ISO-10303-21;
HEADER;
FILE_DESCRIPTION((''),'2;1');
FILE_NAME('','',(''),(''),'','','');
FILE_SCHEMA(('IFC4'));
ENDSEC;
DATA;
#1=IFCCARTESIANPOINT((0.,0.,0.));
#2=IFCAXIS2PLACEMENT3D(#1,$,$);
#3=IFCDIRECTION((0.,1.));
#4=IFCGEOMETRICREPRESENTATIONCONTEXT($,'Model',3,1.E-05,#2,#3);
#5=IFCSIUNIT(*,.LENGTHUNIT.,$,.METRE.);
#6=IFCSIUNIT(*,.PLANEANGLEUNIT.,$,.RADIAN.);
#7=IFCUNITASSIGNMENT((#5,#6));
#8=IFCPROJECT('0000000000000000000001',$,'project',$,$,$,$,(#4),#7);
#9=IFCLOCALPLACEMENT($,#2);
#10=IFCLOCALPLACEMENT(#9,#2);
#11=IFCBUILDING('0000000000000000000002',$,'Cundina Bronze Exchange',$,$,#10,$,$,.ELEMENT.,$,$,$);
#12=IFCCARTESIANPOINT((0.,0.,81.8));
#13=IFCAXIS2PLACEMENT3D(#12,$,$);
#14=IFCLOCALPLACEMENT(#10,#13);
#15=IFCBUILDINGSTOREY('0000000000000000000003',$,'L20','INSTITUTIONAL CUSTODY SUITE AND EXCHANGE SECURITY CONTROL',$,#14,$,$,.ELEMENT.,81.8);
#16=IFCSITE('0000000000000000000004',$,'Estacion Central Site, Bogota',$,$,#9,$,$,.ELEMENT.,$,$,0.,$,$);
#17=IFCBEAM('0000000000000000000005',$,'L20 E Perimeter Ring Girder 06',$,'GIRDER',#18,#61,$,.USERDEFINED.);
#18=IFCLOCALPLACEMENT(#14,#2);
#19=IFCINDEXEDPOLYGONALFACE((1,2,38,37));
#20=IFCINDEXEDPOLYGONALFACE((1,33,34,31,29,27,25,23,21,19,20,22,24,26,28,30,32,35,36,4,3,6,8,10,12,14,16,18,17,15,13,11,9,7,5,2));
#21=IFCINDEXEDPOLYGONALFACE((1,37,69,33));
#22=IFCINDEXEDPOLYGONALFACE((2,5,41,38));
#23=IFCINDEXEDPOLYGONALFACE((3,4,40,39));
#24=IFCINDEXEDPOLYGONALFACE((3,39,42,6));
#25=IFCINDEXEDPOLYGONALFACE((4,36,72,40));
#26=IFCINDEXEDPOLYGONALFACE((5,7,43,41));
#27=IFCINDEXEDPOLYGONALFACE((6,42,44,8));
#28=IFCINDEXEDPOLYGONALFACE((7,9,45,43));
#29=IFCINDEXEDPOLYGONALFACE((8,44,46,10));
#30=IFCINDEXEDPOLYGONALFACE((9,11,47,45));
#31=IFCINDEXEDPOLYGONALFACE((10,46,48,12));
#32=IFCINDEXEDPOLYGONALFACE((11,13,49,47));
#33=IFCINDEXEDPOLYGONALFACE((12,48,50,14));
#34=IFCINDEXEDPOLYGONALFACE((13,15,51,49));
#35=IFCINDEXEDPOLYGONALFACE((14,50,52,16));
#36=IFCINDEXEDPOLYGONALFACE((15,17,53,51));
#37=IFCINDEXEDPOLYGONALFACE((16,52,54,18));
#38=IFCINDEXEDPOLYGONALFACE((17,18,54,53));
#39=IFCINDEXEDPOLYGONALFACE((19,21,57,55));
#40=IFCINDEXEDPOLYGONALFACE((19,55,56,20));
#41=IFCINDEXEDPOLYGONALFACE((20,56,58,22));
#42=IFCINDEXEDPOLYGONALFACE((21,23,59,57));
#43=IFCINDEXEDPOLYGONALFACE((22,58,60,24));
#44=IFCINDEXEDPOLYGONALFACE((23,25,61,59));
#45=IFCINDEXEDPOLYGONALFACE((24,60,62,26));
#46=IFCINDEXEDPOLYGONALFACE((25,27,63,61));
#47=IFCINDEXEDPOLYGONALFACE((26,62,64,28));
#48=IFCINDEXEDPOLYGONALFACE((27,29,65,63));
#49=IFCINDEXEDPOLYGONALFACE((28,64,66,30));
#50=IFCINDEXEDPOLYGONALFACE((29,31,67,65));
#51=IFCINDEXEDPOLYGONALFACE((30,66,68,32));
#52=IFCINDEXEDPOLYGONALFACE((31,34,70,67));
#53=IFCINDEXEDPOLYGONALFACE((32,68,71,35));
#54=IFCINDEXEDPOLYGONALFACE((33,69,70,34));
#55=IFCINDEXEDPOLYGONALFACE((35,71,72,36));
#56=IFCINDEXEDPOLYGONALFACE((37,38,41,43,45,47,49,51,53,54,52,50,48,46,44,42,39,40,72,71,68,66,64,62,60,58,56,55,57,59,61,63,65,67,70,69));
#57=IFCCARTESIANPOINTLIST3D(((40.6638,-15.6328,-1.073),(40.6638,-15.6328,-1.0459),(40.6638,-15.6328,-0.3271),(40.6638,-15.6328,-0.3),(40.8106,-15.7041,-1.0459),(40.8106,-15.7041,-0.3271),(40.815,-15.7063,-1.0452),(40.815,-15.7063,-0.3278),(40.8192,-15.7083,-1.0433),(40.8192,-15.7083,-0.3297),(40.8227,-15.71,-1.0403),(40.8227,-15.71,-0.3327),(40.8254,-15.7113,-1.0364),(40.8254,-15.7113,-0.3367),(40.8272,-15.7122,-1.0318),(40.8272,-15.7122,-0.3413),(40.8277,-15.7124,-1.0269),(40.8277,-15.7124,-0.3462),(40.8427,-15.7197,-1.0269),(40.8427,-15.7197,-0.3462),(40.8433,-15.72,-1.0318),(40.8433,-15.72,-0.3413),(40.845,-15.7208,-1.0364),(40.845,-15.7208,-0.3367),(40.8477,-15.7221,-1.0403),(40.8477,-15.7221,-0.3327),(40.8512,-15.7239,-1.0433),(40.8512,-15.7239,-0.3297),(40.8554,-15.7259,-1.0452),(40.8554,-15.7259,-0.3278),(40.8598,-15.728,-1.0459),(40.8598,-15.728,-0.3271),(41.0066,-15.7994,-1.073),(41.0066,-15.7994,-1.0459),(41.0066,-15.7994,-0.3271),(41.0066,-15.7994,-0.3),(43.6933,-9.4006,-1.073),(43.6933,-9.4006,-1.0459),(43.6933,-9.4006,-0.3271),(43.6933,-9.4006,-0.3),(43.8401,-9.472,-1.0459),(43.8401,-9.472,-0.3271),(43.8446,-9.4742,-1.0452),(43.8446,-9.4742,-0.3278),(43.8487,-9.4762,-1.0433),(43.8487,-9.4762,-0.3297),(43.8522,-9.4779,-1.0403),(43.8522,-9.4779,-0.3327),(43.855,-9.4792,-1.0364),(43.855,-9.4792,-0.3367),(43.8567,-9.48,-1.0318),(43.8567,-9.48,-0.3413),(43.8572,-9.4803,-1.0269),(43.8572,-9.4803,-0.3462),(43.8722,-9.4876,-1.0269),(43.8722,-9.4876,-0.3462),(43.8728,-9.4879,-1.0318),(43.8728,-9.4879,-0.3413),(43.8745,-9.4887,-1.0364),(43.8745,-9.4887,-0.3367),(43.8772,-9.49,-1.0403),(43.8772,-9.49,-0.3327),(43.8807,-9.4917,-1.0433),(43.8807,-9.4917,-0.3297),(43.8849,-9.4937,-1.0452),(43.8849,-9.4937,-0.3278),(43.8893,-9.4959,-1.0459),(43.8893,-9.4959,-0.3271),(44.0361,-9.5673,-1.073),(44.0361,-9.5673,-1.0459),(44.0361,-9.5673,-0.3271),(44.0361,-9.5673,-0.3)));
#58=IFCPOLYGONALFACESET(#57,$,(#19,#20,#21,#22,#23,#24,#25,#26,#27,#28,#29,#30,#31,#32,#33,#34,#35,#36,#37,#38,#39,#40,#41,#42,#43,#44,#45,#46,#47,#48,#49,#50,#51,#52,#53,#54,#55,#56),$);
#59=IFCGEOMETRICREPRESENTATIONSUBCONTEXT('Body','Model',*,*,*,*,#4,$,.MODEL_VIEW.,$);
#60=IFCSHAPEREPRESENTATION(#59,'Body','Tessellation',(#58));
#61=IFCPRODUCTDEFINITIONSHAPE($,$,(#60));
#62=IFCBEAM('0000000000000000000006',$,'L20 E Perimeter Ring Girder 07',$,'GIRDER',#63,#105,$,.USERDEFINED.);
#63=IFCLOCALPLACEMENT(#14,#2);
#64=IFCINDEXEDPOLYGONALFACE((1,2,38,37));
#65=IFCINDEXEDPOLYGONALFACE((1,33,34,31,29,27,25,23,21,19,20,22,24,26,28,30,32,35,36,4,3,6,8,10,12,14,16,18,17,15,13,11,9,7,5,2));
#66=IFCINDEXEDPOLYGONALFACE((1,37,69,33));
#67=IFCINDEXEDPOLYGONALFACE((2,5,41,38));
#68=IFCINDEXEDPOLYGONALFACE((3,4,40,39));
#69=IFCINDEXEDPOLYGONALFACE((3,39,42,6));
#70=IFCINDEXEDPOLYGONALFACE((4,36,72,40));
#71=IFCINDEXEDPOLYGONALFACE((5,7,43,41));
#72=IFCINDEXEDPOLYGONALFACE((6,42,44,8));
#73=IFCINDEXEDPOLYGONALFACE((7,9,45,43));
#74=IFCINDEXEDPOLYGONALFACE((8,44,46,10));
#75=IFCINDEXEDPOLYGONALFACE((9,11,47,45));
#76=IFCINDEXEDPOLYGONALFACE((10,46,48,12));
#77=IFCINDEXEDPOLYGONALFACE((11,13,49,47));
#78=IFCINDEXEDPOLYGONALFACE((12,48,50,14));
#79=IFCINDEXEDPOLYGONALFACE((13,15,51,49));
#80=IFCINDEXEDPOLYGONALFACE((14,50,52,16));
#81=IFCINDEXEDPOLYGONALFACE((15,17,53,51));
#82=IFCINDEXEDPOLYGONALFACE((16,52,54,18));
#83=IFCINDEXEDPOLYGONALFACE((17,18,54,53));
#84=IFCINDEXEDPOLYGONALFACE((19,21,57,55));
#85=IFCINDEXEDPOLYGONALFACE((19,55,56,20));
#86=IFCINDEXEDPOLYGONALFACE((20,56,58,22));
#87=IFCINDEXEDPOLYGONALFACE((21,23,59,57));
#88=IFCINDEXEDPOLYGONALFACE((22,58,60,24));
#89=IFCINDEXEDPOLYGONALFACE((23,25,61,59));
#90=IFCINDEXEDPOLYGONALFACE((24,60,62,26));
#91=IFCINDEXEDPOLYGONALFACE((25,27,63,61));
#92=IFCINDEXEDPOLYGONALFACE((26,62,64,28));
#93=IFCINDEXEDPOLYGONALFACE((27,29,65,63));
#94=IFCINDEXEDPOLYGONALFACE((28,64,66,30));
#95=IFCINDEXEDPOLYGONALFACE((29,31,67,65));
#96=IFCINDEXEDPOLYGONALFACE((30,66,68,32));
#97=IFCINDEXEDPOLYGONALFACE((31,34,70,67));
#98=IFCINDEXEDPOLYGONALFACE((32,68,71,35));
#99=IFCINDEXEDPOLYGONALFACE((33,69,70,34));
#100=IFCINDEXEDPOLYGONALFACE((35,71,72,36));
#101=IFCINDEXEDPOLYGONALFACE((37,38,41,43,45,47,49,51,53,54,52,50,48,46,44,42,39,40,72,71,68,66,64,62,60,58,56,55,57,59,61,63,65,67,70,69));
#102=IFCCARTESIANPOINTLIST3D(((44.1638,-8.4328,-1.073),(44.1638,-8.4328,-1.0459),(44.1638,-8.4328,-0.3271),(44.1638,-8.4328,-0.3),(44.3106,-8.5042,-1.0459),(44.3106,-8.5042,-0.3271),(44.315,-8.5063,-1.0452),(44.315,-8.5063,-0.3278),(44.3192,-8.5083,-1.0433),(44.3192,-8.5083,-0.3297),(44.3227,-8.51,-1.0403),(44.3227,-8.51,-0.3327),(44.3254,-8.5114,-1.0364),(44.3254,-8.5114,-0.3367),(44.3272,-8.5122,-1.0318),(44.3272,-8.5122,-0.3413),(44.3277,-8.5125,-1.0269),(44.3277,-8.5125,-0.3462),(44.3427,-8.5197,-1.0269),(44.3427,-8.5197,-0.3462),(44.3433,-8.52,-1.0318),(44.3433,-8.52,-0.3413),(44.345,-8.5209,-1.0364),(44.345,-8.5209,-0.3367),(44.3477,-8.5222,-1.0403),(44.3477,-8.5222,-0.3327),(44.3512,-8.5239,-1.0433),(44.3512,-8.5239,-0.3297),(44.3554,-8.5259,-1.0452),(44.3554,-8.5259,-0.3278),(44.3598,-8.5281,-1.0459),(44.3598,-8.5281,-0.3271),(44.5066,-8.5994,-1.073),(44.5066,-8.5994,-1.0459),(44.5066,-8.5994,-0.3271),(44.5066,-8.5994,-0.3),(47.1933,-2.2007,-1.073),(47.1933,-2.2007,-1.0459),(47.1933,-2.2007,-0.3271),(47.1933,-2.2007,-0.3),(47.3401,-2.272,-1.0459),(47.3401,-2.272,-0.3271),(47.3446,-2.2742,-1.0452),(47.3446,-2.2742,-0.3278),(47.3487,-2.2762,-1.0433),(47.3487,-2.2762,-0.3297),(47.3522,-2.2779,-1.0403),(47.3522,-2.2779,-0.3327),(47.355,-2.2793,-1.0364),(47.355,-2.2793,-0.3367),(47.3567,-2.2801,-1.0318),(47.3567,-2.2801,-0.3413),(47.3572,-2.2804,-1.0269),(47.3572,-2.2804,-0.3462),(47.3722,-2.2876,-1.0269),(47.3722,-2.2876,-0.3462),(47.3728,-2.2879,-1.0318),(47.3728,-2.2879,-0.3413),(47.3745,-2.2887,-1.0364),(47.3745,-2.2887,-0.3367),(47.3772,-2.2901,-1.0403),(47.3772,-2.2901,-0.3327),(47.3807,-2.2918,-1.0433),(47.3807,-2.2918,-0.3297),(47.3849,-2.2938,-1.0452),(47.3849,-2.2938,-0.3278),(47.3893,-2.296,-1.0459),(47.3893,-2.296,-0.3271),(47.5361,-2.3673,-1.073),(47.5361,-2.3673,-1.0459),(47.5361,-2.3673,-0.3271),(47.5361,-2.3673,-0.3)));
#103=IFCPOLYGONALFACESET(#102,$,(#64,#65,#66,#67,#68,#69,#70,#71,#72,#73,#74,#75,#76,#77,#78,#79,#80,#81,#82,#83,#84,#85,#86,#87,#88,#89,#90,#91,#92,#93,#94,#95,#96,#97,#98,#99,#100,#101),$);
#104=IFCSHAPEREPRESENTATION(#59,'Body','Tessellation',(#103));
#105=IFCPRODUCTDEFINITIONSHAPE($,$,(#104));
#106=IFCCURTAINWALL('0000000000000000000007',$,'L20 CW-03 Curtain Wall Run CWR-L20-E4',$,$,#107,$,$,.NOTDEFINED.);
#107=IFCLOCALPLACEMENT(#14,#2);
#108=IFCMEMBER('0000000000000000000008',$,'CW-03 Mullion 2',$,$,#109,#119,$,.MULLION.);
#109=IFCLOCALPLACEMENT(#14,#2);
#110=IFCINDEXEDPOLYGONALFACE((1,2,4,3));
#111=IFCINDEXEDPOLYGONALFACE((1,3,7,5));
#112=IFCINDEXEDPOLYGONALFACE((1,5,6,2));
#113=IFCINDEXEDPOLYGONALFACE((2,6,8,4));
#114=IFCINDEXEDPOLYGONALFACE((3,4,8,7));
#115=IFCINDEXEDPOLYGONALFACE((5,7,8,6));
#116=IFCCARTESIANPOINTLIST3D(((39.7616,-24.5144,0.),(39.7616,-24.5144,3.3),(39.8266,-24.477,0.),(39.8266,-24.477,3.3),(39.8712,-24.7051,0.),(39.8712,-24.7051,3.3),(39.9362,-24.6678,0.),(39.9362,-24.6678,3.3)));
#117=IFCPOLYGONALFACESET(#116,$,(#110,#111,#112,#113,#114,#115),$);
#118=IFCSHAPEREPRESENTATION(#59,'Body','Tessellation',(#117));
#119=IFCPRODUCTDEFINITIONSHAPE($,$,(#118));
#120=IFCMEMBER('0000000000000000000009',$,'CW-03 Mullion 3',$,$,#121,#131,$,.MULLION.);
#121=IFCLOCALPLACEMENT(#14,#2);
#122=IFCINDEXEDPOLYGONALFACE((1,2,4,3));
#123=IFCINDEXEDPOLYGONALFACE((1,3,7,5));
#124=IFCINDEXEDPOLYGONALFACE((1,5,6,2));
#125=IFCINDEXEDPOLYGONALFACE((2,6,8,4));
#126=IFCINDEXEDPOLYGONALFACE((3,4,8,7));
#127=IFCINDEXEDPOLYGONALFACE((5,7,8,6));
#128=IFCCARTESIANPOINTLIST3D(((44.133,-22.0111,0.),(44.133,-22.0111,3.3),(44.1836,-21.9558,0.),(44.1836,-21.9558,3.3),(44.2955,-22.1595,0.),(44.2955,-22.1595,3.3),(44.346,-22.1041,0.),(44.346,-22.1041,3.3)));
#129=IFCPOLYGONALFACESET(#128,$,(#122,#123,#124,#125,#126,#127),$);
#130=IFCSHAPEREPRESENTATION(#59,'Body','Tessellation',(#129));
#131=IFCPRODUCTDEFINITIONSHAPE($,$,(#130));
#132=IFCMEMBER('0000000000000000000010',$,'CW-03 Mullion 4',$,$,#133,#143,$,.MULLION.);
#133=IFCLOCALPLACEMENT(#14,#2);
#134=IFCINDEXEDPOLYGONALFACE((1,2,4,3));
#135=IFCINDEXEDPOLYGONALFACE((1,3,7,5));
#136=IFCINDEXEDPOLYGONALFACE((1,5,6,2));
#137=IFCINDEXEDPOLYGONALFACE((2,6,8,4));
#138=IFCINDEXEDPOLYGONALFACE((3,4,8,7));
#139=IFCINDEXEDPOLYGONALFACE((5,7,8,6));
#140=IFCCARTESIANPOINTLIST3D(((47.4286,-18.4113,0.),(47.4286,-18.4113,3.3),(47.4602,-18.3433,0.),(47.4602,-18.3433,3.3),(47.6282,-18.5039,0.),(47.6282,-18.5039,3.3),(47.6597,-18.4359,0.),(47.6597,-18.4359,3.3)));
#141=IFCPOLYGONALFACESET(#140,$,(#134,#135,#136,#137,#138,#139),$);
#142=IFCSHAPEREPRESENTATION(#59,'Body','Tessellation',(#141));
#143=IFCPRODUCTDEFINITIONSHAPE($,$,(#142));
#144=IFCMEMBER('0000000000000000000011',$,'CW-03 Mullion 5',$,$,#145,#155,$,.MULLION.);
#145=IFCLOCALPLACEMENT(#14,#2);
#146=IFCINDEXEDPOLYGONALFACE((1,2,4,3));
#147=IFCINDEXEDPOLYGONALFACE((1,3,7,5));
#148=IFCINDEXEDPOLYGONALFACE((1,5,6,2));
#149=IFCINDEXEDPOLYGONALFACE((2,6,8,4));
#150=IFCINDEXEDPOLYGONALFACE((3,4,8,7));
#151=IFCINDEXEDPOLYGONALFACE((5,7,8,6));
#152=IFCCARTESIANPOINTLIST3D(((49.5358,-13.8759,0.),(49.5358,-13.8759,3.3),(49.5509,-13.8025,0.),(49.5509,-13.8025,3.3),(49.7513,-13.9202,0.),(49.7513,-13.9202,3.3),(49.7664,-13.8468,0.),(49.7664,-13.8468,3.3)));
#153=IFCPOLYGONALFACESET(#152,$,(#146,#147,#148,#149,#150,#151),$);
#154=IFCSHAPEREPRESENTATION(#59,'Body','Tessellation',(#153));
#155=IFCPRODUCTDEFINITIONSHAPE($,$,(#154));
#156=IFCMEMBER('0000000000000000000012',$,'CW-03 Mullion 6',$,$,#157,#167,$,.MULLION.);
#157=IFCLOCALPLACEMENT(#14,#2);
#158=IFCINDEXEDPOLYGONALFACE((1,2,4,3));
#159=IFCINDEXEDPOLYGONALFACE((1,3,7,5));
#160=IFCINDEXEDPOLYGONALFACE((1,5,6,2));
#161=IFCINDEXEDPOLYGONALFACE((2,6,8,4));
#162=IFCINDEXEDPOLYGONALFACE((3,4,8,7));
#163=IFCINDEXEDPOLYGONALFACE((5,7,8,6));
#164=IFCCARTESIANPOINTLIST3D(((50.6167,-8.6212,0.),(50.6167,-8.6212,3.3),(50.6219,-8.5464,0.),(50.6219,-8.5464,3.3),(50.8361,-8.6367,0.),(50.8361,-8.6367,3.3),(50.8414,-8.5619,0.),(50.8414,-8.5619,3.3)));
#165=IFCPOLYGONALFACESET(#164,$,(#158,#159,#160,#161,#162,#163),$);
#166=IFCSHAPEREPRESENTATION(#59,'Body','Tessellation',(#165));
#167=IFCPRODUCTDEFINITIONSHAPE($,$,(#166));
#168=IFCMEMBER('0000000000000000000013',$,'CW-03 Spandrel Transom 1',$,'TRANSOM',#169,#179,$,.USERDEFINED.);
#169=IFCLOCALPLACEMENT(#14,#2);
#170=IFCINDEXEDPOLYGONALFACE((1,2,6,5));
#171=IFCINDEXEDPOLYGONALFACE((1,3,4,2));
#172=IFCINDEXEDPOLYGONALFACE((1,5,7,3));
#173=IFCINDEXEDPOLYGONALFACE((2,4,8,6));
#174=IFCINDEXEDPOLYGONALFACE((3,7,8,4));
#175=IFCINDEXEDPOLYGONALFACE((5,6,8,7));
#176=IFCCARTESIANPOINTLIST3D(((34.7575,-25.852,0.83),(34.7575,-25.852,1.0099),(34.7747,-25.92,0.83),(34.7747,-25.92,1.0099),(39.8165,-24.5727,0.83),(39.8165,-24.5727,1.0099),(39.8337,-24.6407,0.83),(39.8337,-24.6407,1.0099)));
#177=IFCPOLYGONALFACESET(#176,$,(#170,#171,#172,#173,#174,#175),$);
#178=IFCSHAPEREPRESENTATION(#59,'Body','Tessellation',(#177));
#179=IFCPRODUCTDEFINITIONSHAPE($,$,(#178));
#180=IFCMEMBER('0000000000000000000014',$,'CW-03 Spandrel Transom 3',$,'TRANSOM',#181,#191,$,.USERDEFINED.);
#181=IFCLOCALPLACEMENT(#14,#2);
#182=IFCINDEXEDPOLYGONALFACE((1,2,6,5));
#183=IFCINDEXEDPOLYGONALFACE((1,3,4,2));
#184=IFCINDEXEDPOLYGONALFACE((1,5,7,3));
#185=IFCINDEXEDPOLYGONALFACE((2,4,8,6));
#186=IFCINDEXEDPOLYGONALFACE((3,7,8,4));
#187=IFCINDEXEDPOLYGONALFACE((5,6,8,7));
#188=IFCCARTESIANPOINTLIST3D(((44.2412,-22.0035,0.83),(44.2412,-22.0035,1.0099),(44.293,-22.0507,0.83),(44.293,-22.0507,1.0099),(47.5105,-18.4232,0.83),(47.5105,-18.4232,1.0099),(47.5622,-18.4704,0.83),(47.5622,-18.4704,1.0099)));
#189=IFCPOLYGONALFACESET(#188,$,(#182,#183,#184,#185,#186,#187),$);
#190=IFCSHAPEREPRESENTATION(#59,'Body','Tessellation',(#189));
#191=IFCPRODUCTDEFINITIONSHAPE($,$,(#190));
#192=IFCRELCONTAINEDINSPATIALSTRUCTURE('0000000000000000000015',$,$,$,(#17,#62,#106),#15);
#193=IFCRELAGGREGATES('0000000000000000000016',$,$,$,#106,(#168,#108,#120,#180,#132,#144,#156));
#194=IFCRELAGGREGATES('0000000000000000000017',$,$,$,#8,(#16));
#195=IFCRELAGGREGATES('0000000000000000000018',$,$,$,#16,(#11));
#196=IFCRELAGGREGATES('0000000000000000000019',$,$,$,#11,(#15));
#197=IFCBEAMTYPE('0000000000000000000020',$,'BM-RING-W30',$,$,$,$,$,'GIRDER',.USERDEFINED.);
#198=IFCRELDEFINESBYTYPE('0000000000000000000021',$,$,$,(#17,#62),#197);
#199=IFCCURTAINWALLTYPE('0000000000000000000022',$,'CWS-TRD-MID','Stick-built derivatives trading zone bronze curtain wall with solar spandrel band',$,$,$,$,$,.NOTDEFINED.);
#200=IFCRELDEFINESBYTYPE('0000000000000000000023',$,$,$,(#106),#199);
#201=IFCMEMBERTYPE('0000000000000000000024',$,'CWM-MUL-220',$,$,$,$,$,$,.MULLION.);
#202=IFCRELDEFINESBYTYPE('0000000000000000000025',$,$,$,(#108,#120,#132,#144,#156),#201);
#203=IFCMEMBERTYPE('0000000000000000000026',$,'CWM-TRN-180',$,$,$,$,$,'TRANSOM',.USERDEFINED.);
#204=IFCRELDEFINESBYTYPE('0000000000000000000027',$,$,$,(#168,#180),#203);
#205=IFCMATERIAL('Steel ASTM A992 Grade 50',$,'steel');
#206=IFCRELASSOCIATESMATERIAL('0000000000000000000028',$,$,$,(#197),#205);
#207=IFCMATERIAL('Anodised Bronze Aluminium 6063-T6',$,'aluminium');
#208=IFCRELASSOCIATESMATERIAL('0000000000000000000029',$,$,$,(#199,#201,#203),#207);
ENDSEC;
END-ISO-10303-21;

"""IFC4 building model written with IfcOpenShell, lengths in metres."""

from ifc_helpers import new_model, si_unit, direction, frame, origin, origin_2d, place, context, subcontext, project, spatial, rectangle, i_section, extrude, material, material_profile, profile_set, type_object, element, aggregate, save


model = new_model("IFC4")

# Units and contexts
model_context = context("Model", 3, precision=1e-05, world=origin(), true_north=direction((0.0, 1.0)))
body_context = subcontext(model_context, "Body", "Model", "MODEL_VIEW")
ifc_project = project(units=[si_unit("LENGTHUNIT", "METRE"), si_unit("PLANEANGLEUNIT", "RADIAN")], contexts=[model_context])

# Site, building, storey
site_placement = place(None, origin())
site = spatial("IfcSite", under=ifc_project, at=site_placement, Name="Estacion Central Site, Bogota", CompositionType="ELEMENT", RefElevation=0.0)
building_placement = place(site_placement, origin())
building = spatial("IfcBuilding", under=site, at=building_placement, Name="Cundina Bronze Exchange", CompositionType="ELEMENT")
storey_placement = place(building_placement, frame((0.0, 0.0, 81.8)))
storey = spatial("IfcBuildingStorey", under=building, at=storey_placement, Name="L20", Description="INSTITUTIONAL CUSTODY SUITE AND EXCHANGE SECURITY CONTROL", CompositionType="ELEMENT", Elevation=81.8)

# Beams
ifc_material_1 = material(Name="Steel ASTM A992 Grade 50", Category="steel")
ifc_material_profile_1 = material_profile(ifc_material_1, i_section(OverallWidth=0.3811, OverallDepth=0.7729, WebThickness=0.0166, FlangeThickness=0.0271, FilletRadius=0.019, at=origin_2d()), Name="W30X173", Category="steel")
ifc_profile_set_1 = profile_set([ifc_material_profile_1], Name="Steel ASTM A992 Grade 50")
beam_type_1 = type_object("IfcBeamType", Name="BM-RING-W30", ElementType="GIRDER", PredefinedType="USERDEFINED", material=ifc_profile_set_1)
for number, where, z_axis, x_axis, name in (
    (1, (40.8352, -15.7161, -0.6865), (0.437194, 0.899367, 0.0), (-0.899367, 0.437194, 0.0), "L20 E Perimeter Ring Girder 06"),
    (2, (44.3352, -8.5161, -0.6865), (0.437194, 0.899367, 0.0), (-0.899367, 0.437194, 0.0), "L20 E Perimeter Ring Girder 07"),
):
    element("IfcBeam", number, at=place(storey_placement, frame(where, z_axis=z_axis, x_axis=x_axis)), inside=storey, type_object=beam_type_1, Name=name, ObjectType="GIRDER", PredefinedType="USERDEFINED", context=body_context, shape_type="SweptSolid", body=[
        extrude(i_section(OverallWidth=0.3811, OverallDepth=0.7729, WebThickness=0.0166, FlangeThickness=0.0271, FilletRadius=0.019, at=origin_2d()), origin(), (0.0, 0.0, 1.0), 6.9294),
    ])

# Curtain wall, members
ifc_material_2 = material(Name="Anodised Bronze Aluminium 6063-T6", Category="aluminium")
curtain_wall_type = type_object("IfcCurtainWallType", Name="CWS-TRD-MID", Description="Stick-built derivatives trading zone bronze curtain wall with solar spandrel band", PredefinedType="NOTDEFINED", material=ifc_material_2)
curtain_wall_placement = place(storey_placement, origin())
curtain_wall = element("IfcCurtainWall", 3, at=curtain_wall_placement, inside=storey, type_object=curtain_wall_type, Name="L20 CW-03 Curtain Wall Run CWR-L20-E4", PredefinedType="NOTDEFINED")
ifc_material_profile_2 = material_profile(ifc_material_2, rectangle(XDim=0.075, YDim=0.22, at=origin_2d()), Name="AL75X220", Category="aluminium")
ifc_profile_set_2 = profile_set([ifc_material_profile_2], Name="Anodised Bronze Aluminium 6063-T6")
member_type_1 = type_object("IfcMemberType", Name="CWM-MUL-220", PredefinedType="MULLION", material=ifc_profile_set_2)
member_1_placement = place(storey_placement, frame((39.8489, -24.5911, 0.0), z_axis=(0.0, 0.0, 1.0), x_axis=(0.867071, 0.498185, 0.0)))
member_1 = element("IfcMember", 4, at=member_1_placement, type_object=member_type_1, Name="CW-03 Mullion 2", PredefinedType="MULLION", context=body_context, shape_type="SweptSolid", body=[
    extrude(rectangle(XDim=0.075, YDim=0.22, at=origin_2d()), origin(), (0.0, 0.0, 1.0), 3.3),
])
member_2_placement = place(storey_placement, frame((44.2395, -22.0576, 0.0), z_axis=(0.0, 0.0, 1.0), x_axis=(0.674302, 0.738455, 0.0)))
member_2 = element("IfcMember", 5, at=member_2_placement, type_object=member_type_1, Name="CW-03 Mullion 3", PredefinedType="MULLION", context=body_context, shape_type="SweptSolid", body=[
    extrude(rectangle(XDim=0.075, YDim=0.22, at=origin_2d()), origin(), (0.0, 0.0, 1.0), 3.3),
])
member_3_placement = place(storey_placement, frame((47.5442, -18.4236, 0.0), z_axis=(0.0, 0.0, 1.0), x_axis=(0.420877, 0.907117, 0.0)))
member_3 = element("IfcMember", 6, at=member_3_placement, type_object=member_type_1, Name="CW-03 Mullion 4", PredefinedType="MULLION", context=body_context, shape_type="SweptSolid", body=[
    extrude(rectangle(XDim=0.075, YDim=0.22, at=origin_2d()), origin(), (0.0, 0.0, 1.0), 3.3),
])
member_4_placement = place(storey_placement, frame((49.6511, -13.8613, 0.0), z_axis=(0.0, 0.0, 1.0), x_axis=(0.20142, 0.979505, 0.0)))
member_4 = element("IfcMember", 7, at=member_4_placement, type_object=member_type_1, Name="CW-03 Mullion 5", PredefinedType="MULLION", context=body_context, shape_type="SweptSolid", body=[
    extrude(rectangle(XDim=0.075, YDim=0.22, at=origin_2d()), origin(), (0.0, 0.0, 1.0), 3.3),
])
member_5_placement = place(storey_placement, frame((50.729, -8.5916, 0.0), z_axis=(0.0, 0.0, 1.0), x_axis=(0.070279, 0.997527, 0.0)))
member_5 = element("IfcMember", 8, at=member_5_placement, type_object=member_type_1, Name="CW-03 Mullion 6", PredefinedType="MULLION", context=body_context, shape_type="SweptSolid", body=[
    extrude(rectangle(XDim=0.075, YDim=0.22, at=origin_2d()), origin(), (0.0, 0.0, 1.0), 3.3),
])
ifc_material_profile_3 = material_profile(ifc_material_2, rectangle(XDim=0.0701, YDim=0.1799, at=origin_2d()), Name="AL70X180", Category="aluminium")
ifc_profile_set_3 = profile_set([ifc_material_profile_3], Name="Anodised Bronze Aluminium 6063-T6")
member_type_2 = type_object("IfcMemberType", Name="CWM-TRN-180", ElementType="TRANSOM", PredefinedType="USERDEFINED", material=ifc_profile_set_3)
member_6_placement = place(storey_placement, frame((34.7661, -25.886, 0.9199), z_axis=(0.969484, 0.245155, 0.0), x_axis=(-0.245155, 0.969484, 0.0)))
member_6 = element("IfcMember", 9, at=member_6_placement, type_object=member_type_2, Name="CW-03 Spandrel Transom 1", ObjectType="TRANSOM", PredefinedType="USERDEFINED", context=body_context, shape_type="SweptSolid", body=[
    extrude(rectangle(XDim=0.0701, YDim=0.1799, at=origin_2d()), origin(), (0.0, 0.0, 1.0), 5.2183),
])
member_7_placement = place(storey_placement, frame((44.2671, -22.0271, 0.9199), z_axis=(0.674303, 0.738455, 0.0), x_axis=(-0.738455, 0.674303, 0.0)))
member_7 = element("IfcMember", 10, at=member_7_placement, type_object=member_type_2, Name="CW-03 Spandrel Transom 3", ObjectType="TRANSOM", PredefinedType="USERDEFINED", context=body_context, shape_type="SweptSolid", body=[
    extrude(rectangle(XDim=0.0701, YDim=0.1799, at=origin_2d()), origin(), (0.0, 0.0, 1.0), 4.8484),
])
aggregate(curtain_wall, [member_6, member_1, member_2, member_7, member_3, member_4, member_5])

save(model, "model.ifc")
